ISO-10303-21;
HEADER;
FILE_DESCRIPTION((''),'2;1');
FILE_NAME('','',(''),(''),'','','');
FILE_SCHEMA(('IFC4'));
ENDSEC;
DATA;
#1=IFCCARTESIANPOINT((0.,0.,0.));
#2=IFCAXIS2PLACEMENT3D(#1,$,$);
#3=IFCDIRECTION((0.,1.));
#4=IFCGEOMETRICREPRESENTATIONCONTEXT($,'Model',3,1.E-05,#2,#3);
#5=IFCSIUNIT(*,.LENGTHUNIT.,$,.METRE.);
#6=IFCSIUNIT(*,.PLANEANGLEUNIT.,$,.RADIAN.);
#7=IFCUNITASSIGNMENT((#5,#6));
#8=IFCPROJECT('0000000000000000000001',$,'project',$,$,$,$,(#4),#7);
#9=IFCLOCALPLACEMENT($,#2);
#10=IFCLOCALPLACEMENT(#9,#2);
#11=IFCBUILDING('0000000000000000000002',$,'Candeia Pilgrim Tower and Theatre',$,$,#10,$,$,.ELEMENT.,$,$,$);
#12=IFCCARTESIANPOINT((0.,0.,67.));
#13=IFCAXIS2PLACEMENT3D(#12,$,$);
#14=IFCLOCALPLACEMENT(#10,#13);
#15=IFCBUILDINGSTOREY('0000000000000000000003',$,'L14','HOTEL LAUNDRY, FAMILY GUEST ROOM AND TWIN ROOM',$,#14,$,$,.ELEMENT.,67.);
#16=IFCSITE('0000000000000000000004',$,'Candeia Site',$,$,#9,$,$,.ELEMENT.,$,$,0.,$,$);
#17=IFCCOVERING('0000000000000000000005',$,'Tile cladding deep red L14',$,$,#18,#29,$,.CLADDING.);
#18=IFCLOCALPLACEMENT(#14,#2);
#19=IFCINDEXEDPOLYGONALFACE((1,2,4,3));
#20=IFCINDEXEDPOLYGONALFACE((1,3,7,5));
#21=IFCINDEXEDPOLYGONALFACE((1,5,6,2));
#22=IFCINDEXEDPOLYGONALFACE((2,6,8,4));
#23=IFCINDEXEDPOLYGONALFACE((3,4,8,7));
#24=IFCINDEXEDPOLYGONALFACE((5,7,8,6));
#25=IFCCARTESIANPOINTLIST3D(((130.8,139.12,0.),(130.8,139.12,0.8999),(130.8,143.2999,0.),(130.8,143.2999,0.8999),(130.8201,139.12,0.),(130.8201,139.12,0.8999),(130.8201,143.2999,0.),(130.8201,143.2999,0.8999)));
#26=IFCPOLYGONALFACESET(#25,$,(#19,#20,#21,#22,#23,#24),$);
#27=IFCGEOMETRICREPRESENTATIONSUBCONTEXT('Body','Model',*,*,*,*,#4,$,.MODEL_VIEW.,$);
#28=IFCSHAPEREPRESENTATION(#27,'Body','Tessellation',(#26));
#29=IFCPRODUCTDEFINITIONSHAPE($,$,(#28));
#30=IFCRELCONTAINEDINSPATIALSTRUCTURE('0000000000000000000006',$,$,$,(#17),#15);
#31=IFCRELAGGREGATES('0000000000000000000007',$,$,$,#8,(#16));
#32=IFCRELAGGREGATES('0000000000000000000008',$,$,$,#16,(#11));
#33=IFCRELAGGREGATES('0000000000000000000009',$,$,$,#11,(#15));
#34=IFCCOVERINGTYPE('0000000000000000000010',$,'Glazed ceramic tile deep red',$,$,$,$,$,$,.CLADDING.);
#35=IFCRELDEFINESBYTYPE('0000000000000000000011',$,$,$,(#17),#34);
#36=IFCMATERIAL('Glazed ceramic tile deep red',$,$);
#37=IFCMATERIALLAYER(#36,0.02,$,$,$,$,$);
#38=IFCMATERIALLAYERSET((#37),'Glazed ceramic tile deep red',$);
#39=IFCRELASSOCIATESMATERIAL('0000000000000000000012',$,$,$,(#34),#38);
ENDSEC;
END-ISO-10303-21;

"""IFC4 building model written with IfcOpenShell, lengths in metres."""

from ifc_helpers import new_model, si_unit, direction, frame, origin, origin_2d, place, context, subcontext, project, spatial, rectangle, extrude, material, layer, layer_set, type_object, element, save


model = new_model("IFC4")

# Units and contexts
model_context = context("Model", 3, precision=1e-05, world=origin(), true_north=direction((0.0, 1.0)))
body_context = subcontext(model_context, "Body", "Model", "MODEL_VIEW")
ifc_project = project(units=[si_unit("LENGTHUNIT", "METRE"), si_unit("PLANEANGLEUNIT", "RADIAN")], contexts=[model_context])

# Site, building, storey
site_placement = place(None, origin())
site = spatial("IfcSite", under=ifc_project, at=site_placement, Name="Candeia Site", CompositionType="ELEMENT", RefElevation=0.0)
building_placement = place(site_placement, origin())
building = spatial("IfcBuilding", under=site, at=building_placement, Name="Candeia Pilgrim Tower and Theatre", CompositionType="ELEMENT")
storey_placement = place(building_placement, frame((0.0, 0.0, 67.0)))
storey = spatial("IfcBuildingStorey", under=building, at=storey_placement, Name="L14", Description="HOTEL LAUNDRY, FAMILY GUEST ROOM AND TWIN ROOM", CompositionType="ELEMENT", Elevation=67.0)

# Covering
ifc_material_1 = material(Name="Glazed ceramic tile deep red")
ifc_layer_1 = layer(ifc_material_1, 0.02)
ifc_layer_set_1 = layer_set([ifc_layer_1], Name="Glazed ceramic tile deep red")
covering_type = type_object("IfcCoveringType", Name="Glazed ceramic tile deep red", PredefinedType="CLADDING", material=ifc_layer_set_1)
covering_1_placement = place(storey_placement, frame((130.8101, 141.21, 0.0), z_axis=(0.0, 0.0, 1.0), x_axis=(0.0, 1.0, 0.0)))
element("IfcCovering", 1, at=covering_1_placement, inside=storey, type_object=covering_type, Name="Tile cladding deep red L14", PredefinedType="CLADDING", context=body_context, shape_type="SweptSolid", body=[
    extrude(rectangle(XDim=4.1799, YDim=0.02, at=origin_2d()), origin(), (0.0, 0.0, 1.0), 0.8999),
])

save(model, "model.ifc")
